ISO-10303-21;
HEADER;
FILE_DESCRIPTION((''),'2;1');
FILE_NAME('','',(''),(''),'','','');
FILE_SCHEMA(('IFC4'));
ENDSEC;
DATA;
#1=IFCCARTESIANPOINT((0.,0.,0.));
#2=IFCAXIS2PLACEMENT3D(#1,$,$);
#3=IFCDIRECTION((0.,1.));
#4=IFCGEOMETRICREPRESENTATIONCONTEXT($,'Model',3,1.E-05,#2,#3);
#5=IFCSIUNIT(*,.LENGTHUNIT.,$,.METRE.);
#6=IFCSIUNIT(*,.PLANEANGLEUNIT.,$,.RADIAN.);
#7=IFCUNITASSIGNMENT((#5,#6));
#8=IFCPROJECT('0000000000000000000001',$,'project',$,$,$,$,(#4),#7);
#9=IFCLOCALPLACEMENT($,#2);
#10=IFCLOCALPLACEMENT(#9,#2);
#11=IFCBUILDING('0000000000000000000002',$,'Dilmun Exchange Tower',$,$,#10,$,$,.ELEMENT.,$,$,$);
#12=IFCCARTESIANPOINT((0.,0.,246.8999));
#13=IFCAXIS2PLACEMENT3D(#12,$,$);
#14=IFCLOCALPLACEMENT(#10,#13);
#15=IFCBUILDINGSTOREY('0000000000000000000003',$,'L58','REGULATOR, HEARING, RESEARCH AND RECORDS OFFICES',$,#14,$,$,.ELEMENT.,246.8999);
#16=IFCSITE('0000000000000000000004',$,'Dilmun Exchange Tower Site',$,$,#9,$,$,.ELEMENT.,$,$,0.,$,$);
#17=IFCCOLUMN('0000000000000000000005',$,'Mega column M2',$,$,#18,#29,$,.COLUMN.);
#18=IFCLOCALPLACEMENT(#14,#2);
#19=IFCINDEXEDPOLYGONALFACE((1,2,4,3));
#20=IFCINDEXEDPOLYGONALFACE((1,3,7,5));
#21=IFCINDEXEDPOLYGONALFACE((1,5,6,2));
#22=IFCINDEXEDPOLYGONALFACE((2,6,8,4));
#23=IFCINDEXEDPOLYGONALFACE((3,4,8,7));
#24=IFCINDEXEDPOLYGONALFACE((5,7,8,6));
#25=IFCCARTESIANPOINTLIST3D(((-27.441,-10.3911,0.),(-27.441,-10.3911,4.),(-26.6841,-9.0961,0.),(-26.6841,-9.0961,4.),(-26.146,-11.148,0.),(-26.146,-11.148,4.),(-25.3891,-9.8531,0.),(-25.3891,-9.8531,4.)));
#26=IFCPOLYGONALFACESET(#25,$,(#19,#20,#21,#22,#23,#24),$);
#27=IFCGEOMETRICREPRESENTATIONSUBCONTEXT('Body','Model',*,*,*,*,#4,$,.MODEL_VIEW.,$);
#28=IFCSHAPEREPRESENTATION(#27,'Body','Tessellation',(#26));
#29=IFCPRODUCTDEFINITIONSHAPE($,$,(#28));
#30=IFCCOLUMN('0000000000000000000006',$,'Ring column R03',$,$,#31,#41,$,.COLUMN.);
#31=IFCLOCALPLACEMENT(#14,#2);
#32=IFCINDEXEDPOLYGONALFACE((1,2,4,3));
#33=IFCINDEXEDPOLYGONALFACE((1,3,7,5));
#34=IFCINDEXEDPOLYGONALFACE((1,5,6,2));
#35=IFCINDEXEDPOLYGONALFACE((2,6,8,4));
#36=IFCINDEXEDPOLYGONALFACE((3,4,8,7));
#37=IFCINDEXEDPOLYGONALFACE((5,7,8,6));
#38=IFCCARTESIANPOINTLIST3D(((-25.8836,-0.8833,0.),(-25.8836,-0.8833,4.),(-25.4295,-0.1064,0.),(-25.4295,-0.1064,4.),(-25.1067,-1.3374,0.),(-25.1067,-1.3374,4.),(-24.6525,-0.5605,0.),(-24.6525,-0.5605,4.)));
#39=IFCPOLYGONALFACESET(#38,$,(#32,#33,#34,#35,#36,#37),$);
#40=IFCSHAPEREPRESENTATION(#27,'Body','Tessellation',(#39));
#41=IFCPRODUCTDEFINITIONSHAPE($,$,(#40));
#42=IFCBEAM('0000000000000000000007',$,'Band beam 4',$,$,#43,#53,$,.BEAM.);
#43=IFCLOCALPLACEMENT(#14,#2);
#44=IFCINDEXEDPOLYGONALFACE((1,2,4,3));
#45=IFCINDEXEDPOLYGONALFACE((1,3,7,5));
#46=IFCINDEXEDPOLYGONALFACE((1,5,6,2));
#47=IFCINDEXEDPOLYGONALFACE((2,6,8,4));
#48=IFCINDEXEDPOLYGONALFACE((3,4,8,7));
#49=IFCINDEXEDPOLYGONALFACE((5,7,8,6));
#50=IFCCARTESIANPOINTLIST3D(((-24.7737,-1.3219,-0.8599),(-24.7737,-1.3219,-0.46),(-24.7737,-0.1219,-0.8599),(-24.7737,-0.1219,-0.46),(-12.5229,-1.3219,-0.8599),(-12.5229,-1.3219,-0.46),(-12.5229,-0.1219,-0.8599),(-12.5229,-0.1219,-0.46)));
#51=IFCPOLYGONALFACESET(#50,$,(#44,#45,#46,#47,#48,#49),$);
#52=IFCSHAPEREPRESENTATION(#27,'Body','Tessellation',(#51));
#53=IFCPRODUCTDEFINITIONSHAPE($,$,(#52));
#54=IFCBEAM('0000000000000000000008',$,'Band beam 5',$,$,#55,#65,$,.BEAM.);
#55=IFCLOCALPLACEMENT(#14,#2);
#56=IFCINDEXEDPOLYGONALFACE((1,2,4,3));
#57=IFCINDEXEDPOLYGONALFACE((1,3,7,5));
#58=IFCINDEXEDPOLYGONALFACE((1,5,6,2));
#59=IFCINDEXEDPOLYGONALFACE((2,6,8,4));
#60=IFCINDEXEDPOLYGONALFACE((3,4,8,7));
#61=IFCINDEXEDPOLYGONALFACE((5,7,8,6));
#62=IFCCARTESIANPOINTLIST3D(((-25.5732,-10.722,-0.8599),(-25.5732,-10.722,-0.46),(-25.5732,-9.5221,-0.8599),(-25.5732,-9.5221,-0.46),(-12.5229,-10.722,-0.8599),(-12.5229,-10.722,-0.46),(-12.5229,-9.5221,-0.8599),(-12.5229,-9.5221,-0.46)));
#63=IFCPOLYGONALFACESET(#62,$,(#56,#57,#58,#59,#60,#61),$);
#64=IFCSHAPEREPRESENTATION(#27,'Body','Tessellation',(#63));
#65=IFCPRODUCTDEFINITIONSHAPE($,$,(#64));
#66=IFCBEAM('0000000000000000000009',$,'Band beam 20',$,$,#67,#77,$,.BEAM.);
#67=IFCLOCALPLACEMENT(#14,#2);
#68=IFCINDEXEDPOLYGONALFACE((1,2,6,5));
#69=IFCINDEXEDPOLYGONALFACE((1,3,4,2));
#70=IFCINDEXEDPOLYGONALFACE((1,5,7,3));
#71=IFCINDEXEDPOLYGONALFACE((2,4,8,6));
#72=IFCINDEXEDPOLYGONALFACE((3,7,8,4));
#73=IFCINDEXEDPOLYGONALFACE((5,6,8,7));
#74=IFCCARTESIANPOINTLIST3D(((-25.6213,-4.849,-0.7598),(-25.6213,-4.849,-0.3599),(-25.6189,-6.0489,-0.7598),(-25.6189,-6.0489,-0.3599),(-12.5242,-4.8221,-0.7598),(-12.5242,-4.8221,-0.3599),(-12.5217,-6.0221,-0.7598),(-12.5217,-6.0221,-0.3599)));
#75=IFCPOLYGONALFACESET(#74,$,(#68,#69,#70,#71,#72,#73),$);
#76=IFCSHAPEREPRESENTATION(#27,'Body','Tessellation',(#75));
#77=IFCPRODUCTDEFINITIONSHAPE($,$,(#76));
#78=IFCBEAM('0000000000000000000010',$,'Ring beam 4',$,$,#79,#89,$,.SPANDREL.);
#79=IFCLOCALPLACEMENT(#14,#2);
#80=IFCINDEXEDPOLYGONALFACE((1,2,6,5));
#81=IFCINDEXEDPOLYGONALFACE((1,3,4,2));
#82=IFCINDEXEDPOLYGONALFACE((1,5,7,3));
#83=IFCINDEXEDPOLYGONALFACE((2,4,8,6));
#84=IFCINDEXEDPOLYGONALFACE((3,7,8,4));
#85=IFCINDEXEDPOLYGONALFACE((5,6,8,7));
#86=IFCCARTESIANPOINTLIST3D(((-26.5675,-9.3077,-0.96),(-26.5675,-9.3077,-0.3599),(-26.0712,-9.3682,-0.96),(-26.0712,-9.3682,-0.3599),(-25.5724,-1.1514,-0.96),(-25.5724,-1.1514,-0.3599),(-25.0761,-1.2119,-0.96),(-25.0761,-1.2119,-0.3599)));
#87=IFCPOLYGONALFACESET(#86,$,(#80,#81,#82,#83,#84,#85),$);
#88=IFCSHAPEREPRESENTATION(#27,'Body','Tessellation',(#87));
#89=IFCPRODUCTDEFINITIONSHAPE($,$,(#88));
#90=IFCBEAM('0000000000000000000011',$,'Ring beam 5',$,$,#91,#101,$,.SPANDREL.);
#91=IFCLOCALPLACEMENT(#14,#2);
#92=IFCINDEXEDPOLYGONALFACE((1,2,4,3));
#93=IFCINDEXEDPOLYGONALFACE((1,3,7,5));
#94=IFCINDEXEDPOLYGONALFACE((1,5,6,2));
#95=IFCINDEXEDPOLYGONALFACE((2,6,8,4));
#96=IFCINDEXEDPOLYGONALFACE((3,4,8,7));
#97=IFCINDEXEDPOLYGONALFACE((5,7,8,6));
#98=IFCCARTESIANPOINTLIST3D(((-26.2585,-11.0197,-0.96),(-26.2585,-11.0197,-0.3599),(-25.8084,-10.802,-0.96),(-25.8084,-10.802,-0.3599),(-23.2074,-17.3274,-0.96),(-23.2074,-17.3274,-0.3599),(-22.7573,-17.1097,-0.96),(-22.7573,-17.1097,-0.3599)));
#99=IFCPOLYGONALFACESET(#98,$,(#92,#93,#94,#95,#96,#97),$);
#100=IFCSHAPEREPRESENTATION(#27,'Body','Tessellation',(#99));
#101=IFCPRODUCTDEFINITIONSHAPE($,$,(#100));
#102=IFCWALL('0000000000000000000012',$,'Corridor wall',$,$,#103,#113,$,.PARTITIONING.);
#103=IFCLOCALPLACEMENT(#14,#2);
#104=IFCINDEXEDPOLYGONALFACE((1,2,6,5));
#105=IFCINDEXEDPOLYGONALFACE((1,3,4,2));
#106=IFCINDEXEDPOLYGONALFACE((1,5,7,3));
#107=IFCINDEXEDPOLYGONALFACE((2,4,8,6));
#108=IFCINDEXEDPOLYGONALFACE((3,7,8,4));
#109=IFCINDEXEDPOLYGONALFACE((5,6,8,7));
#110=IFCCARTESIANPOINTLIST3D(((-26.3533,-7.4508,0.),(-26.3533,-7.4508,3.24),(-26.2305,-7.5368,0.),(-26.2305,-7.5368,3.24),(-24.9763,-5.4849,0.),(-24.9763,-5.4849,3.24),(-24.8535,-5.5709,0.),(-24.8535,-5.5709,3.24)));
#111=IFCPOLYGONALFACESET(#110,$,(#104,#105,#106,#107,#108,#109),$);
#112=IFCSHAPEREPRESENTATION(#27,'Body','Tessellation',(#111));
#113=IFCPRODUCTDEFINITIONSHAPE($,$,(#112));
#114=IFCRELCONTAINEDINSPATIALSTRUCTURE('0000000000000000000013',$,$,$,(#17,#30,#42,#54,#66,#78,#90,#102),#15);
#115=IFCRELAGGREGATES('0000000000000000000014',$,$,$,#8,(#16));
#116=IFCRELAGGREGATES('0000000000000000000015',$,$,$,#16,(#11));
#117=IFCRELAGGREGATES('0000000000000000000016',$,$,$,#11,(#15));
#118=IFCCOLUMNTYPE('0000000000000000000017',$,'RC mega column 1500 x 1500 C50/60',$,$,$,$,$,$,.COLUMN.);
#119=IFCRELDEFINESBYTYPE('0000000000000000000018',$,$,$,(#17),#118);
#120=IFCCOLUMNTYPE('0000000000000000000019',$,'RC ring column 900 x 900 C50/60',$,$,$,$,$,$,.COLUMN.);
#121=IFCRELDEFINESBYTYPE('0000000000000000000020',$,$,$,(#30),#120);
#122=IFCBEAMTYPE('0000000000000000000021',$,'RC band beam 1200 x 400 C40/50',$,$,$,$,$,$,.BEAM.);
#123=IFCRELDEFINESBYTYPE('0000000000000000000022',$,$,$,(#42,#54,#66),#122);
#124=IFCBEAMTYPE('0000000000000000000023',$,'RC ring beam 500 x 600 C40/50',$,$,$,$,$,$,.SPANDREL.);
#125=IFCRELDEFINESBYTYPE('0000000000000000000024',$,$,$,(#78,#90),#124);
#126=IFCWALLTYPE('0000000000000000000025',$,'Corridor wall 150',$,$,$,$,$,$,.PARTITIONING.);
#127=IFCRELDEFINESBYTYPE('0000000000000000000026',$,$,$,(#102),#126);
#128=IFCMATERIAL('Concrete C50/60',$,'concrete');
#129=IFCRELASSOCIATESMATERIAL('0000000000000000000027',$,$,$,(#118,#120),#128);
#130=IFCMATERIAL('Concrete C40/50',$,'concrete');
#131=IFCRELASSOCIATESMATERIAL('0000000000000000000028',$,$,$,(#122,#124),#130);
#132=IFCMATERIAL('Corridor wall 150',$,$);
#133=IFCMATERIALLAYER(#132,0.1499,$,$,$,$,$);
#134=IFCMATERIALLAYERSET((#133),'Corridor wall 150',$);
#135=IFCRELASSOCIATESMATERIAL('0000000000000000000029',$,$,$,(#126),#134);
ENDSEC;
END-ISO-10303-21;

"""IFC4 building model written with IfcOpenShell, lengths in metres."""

from ifc_helpers import new_model, si_unit, direction, frame, frame_2d, origin, origin_2d, place, context, subcontext, project, spatial, rectangle, extrude, material, layer, layer_set, material_profile, profile_set, type_object, element, save


model = new_model("IFC4")

# Units and contexts
model_context = context("Model", 3, precision=1e-05, world=origin(), true_north=direction((0.0, 1.0)))
body_context = subcontext(model_context, "Body", "Model", "MODEL_VIEW")
ifc_project = project(units=[si_unit("LENGTHUNIT", "METRE"), si_unit("PLANEANGLEUNIT", "RADIAN")], contexts=[model_context])

# Site, building, storey
site_placement = place(None, origin())
site = spatial("IfcSite", under=ifc_project, at=site_placement, Name="Dilmun Exchange Tower Site", CompositionType="ELEMENT", RefElevation=0.0)
building_placement = place(site_placement, origin())
building = spatial("IfcBuilding", under=site, at=building_placement, Name="Dilmun Exchange Tower", CompositionType="ELEMENT")
storey_placement = place(building_placement, frame((0.0, 0.0, 246.8999)))
storey = spatial("IfcBuildingStorey", under=building, at=storey_placement, Name="L58", Description="REGULATOR, HEARING, RESEARCH AND RECORDS OFFICES", CompositionType="ELEMENT", Elevation=246.8999)

# Columns
ifc_material_1 = material(Name="Concrete C50/60", Category="concrete")
ifc_material_profile_1 = material_profile(ifc_material_1, rectangle(XDim=1.5, YDim=1.5, at=origin_2d()), Name="1500 x 1500")
ifc_profile_set_1 = profile_set([ifc_material_profile_1], Name="Concrete C50/60")
column_type_1 = type_object("IfcColumnType", Name="RC mega column 1500 x 1500 C50/60", PredefinedType="COLUMN", material=ifc_profile_set_1)
column_1_placement = place(storey_placement, frame((-26.415, -10.1221, 0.0), z_axis=(0.0, 0.0, 1.0), x_axis=(0.504644, 0.863328, 0.0)))
element("IfcColumn", 1, at=column_1_placement, inside=storey, type_object=column_type_1, Name="Mega column M2", PredefinedType="COLUMN", context=body_context, shape_type="SweptSolid", body=[
    extrude(rectangle(XDim=1.5, YDim=1.5, at=origin_2d()), origin(), (0.0, 0.0, 1.0), 4.0),
])
ifc_material_profile_2 = material_profile(ifc_material_1, rectangle(XDim=0.8999, YDim=0.8999, at=origin_2d()), Name="900 x 900")
ifc_profile_set_2 = profile_set([ifc_material_profile_2], Name="Concrete C50/60")
column_type_2 = type_object("IfcColumnType", Name="RC ring column 900 x 900 C50/60", PredefinedType="COLUMN", material=ifc_profile_set_2)
column_2_placement = place(storey_placement, frame((-25.2681, -0.7219, 0.0), z_axis=(0.0, 0.0, 1.0), x_axis=(0.504644, 0.863328, 0.0)))
element("IfcColumn", 2, at=column_2_placement, inside=storey, type_object=column_type_2, Name="Ring column R03", PredefinedType="COLUMN", context=body_context, shape_type="SweptSolid", body=[
    extrude(rectangle(XDim=0.8999, YDim=0.8999, at=origin_2d()), origin(), (0.0, 0.0, 1.0), 4.0),
])

# Beams
ifc_material_2 = material(Name="Concrete C40/50", Category="concrete")
ifc_material_profile_3 = material_profile(ifc_material_2, rectangle(XDim=1.2, YDim=0.3999, at=origin_2d()), Name="1200 x 400")
ifc_profile_set_3 = profile_set([ifc_material_profile_3], Name="Concrete C40/50")
beam_type_1 = type_object("IfcBeamType", Name="RC band beam 1200 x 400 C40/50", PredefinedType="BEAM", material=ifc_profile_set_3)
beam_1_placement = place(storey_placement, frame((-24.7737, -0.7219, -0.6599), z_axis=(1.0, 0.0, 0.0), x_axis=(0.0, 1.0, 0.0)))
element("IfcBeam", 3, at=beam_1_placement, inside=storey, type_object=beam_type_1, Name="Band beam 4", PredefinedType="BEAM", context=body_context, shape_type="SweptSolid", body=[
    extrude(rectangle(XDim=1.2, YDim=0.3999, at=origin_2d()), origin(), (0.0, 0.0, 1.0), 12.2507),
])
beam_2_placement = place(storey_placement, frame((-25.5732, -10.1221, -0.6599), z_axis=(1.0, 0.0, 0.0), x_axis=(0.0, 1.0, 0.0)))
element("IfcBeam", 4, at=beam_2_placement, inside=storey, type_object=beam_type_1, Name="Band beam 5", PredefinedType="BEAM", context=body_context, shape_type="SweptSolid", body=[
    extrude(rectangle(XDim=1.2, YDim=0.3999, at=origin_2d()), origin(), (0.0, 0.0, 1.0), 13.0503),
])
beam_3_placement = place(storey_placement, frame((-25.6201, -5.449, -0.5598), z_axis=(0.999998, 0.00205, 0.0), x_axis=(-0.00205, 0.999998, 0.0)))
element("IfcBeam", 5, at=beam_3_placement, inside=storey, type_object=beam_type_1, Name="Band beam 20", PredefinedType="BEAM", context=body_context, shape_type="SweptSolid", body=[
    extrude(rectangle(XDim=1.2, YDim=0.3999, at=origin_2d()), origin(), (0.0, 0.0, 1.0), 13.0972),
])
ifc_material_profile_4 = material_profile(ifc_material_2, rectangle(XDim=0.5, YDim=0.6001, at=origin_2d()), Name="500 x 600")
ifc_profile_set_4 = profile_set([ifc_material_profile_4], Name="Concrete C40/50")
beam_type_2 = type_object("IfcBeamType", Name="RC ring beam 500 x 600 C40/50", PredefinedType="SPANDREL", material=ifc_profile_set_4)
beam_4_placement = place(storey_placement, frame((-25.3242, -1.1816, -0.6599), z_axis=(-0.121109, -0.992639, 0.0), x_axis=(0.992639, -0.121109, 0.0)))
element("IfcBeam", 6, at=beam_4_placement, inside=storey, type_object=beam_type_2, Name="Ring beam 4", PredefinedType="SPANDREL", context=body_context, shape_type="SweptSolid", body=[
    extrude(rectangle(XDim=0.5, YDim=0.6001, at=origin_2d()), origin(), (0.0, 0.0, 1.0), 8.2168),
])
beam_5_placement = place(storey_placement, frame((-26.0334, -10.9109, -0.6599), z_axis=(0.43544, -0.900218, 0.0), x_axis=(0.900218, 0.43544, 0.0)))
element("IfcBeam", 7, at=beam_5_placement, inside=storey, type_object=beam_type_2, Name="Ring beam 5", PredefinedType="SPANDREL", context=body_context, shape_type="SweptSolid", body=[
    extrude(rectangle(XDim=0.5, YDim=0.6001, at=origin_2d()), origin(), (0.0, 0.0, 1.0), 7.0068),
])

# Wall
ifc_material_3 = material(Name="Corridor wall 150")
ifc_layer_1 = layer(ifc_material_3, 0.1499)
ifc_layer_set_1 = layer_set([ifc_layer_1], Name="Corridor wall 150")
wall_type_1 = type_object("IfcWallType", Name="Corridor wall 150", PredefinedType="PARTITIONING", material=ifc_layer_set_1)
wall_1_placement = place(storey_placement, frame((-26.292, -7.4939, 0.0), z_axis=(0.0, 0.0, 1.0), x_axis=(0.573708, 0.81906, 0.0)))
element("IfcWall", 8, at=wall_1_placement, inside=storey, type_object=wall_type_1, Name="Corridor wall", PredefinedType="PARTITIONING", context=body_context, shape_type="SweptSolid", body=[
    extrude(rectangle(XDim=2.4001, YDim=0.1499, at=frame_2d((1.2002, 0.0))), origin(), (0.0, 0.0, 1.0), 3.24),
])

save(model, "model.ifc")
